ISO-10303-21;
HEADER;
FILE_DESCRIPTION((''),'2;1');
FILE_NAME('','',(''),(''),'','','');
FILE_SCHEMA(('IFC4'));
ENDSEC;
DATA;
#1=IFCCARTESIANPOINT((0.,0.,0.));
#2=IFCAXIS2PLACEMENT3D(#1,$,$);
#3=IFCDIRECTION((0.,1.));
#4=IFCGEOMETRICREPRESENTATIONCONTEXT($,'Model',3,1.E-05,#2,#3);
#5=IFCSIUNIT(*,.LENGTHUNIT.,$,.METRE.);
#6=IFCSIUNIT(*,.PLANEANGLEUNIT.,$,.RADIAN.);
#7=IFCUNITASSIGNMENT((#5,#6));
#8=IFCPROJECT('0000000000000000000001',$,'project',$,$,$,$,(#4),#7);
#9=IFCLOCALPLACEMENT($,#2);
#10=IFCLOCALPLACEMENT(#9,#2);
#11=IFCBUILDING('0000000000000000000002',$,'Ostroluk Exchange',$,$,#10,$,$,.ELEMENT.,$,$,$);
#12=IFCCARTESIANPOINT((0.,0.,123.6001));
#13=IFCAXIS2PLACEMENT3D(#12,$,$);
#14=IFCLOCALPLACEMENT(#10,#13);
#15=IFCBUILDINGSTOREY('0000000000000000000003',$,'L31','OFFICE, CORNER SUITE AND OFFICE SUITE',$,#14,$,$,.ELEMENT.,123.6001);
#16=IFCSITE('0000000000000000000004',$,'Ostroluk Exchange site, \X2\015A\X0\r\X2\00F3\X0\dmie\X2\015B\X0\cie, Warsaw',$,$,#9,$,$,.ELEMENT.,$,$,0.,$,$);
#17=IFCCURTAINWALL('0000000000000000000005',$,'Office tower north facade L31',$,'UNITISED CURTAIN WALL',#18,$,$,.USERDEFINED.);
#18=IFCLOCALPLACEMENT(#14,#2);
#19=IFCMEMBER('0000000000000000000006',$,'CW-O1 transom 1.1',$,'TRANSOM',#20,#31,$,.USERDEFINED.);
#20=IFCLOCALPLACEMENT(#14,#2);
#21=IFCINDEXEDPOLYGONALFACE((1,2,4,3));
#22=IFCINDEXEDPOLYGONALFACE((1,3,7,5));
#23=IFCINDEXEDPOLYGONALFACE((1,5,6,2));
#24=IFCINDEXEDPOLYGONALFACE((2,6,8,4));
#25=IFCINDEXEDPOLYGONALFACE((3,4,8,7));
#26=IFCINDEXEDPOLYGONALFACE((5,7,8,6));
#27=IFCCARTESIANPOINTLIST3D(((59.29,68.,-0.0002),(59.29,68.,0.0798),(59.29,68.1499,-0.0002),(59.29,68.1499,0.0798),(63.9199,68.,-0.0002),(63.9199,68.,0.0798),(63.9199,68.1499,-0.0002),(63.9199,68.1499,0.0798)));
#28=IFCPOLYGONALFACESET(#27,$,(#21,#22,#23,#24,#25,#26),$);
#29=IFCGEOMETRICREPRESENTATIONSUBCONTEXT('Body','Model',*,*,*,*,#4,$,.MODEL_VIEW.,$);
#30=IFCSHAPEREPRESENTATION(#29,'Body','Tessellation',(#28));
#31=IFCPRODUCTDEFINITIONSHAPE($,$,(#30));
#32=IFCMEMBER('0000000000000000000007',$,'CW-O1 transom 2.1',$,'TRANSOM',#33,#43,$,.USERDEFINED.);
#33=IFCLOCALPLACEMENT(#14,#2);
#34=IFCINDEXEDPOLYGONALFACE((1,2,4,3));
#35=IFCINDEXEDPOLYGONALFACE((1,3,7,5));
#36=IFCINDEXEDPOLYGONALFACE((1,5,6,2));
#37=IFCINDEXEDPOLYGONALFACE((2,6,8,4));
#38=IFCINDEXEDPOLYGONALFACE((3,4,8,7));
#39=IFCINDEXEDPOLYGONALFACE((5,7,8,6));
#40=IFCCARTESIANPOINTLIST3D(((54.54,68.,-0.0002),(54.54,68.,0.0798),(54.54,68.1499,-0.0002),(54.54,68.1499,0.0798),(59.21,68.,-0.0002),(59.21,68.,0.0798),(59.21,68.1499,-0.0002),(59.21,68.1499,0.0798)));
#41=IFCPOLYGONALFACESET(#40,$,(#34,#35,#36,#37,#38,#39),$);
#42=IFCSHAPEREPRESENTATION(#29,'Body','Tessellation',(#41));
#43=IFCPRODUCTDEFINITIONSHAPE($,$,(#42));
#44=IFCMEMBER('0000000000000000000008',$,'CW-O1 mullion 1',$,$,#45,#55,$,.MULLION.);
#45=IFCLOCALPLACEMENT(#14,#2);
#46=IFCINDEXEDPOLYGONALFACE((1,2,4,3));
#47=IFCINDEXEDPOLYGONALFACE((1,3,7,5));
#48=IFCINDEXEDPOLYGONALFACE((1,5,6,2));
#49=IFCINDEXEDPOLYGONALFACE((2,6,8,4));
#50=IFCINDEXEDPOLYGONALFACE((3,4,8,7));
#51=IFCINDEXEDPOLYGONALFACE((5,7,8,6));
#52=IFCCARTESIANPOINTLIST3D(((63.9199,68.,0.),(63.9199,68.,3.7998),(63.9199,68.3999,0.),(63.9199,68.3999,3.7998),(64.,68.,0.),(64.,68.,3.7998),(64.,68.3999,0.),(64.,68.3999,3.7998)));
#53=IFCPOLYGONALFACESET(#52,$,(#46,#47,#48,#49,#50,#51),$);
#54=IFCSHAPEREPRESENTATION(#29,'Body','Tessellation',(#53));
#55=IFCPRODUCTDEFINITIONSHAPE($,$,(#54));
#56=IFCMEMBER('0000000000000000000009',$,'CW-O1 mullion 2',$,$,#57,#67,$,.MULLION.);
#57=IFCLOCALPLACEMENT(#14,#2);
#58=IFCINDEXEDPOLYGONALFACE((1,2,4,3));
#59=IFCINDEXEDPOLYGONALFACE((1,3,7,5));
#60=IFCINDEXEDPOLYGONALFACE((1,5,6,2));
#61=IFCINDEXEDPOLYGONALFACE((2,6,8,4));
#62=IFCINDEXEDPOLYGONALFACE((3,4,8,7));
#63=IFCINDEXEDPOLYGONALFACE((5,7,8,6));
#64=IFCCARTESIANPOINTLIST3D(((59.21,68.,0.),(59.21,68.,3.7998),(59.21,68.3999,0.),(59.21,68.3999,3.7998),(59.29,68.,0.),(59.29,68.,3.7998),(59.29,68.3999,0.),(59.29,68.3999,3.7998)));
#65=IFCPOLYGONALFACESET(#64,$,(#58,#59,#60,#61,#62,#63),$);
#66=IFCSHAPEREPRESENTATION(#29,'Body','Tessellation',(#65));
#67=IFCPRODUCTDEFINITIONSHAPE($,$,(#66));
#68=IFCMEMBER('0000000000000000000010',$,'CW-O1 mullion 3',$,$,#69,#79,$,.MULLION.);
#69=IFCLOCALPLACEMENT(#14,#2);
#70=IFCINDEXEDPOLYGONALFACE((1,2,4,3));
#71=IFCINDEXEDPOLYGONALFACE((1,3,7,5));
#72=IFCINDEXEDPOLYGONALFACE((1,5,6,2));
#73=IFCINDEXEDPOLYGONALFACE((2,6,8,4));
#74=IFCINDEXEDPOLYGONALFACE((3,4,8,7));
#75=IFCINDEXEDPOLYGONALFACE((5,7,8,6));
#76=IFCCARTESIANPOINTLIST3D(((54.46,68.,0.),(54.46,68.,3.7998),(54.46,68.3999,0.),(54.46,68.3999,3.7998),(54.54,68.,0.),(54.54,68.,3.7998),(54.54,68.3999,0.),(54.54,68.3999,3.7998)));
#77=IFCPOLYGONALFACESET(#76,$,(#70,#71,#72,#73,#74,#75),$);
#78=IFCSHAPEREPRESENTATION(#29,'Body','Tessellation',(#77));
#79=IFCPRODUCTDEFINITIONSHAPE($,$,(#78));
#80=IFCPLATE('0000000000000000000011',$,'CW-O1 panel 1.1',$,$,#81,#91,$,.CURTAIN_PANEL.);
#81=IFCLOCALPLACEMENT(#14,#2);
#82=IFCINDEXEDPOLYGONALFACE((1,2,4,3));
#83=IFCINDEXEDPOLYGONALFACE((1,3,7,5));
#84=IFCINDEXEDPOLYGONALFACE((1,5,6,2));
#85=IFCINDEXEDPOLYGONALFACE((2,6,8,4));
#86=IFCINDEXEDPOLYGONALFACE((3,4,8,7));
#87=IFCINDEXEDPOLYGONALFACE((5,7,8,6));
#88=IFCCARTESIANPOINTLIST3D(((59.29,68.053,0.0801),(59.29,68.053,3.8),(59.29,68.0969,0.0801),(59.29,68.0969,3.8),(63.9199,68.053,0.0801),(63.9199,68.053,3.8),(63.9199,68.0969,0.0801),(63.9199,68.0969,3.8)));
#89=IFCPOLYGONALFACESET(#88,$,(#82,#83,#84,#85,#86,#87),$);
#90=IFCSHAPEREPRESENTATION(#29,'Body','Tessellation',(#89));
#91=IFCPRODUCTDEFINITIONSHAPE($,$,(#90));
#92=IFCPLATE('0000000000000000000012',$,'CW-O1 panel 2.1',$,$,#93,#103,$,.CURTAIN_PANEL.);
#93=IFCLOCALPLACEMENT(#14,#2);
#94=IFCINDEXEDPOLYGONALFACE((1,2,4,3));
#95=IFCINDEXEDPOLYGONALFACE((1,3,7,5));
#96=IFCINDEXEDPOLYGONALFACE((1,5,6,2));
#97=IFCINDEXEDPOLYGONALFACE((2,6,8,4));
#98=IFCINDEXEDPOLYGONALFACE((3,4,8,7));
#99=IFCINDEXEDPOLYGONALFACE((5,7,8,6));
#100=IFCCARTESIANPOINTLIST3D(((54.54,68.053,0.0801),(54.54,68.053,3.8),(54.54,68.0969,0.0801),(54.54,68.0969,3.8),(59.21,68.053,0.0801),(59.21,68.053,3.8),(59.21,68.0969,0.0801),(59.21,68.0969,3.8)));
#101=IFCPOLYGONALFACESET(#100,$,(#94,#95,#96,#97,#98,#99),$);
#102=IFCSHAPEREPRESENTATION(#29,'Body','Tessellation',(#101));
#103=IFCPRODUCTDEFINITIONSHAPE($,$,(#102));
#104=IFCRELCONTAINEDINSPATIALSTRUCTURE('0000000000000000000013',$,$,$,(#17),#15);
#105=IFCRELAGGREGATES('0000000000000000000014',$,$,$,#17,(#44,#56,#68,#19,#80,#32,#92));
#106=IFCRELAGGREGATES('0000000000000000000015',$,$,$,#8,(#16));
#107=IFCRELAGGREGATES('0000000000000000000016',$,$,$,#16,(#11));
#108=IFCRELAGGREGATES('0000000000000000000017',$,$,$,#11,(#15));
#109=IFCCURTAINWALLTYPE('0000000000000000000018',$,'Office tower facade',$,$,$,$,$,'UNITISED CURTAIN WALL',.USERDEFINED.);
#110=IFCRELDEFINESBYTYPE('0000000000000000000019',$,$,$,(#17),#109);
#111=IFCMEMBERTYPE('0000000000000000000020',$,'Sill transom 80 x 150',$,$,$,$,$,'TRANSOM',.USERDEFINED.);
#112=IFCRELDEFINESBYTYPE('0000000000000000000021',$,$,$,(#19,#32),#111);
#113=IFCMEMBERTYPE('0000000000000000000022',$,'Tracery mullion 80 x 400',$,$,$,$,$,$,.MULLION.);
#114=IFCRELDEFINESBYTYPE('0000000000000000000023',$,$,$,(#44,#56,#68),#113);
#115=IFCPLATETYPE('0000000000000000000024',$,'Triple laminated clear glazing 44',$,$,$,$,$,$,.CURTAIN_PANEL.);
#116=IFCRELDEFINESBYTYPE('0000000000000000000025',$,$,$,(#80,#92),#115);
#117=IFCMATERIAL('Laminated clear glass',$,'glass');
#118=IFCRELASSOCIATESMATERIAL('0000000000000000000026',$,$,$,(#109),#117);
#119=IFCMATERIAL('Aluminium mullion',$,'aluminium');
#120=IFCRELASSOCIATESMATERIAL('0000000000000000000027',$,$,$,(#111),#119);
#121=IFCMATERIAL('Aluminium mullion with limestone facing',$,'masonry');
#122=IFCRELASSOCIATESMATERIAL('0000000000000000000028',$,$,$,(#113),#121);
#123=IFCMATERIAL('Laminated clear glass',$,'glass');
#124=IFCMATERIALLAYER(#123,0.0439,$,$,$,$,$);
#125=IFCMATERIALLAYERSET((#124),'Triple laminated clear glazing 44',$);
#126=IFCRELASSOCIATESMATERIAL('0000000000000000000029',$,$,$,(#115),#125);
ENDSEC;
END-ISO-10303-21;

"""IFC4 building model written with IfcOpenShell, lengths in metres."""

from ifc_helpers import new_model, si_unit, direction, frame, origin, origin_2d, place, context, subcontext, project, spatial, rectangle, extrude, material, layer, layer_set, material_profile, profile_set, type_object, element, aggregate, save


model = new_model("IFC4")

# Units and contexts
model_context = context("Model", 3, precision=1e-05, world=origin(), true_north=direction((0.0, 1.0)))
body_context = subcontext(model_context, "Body", "Model", "MODEL_VIEW")
ifc_project = project(units=[si_unit("LENGTHUNIT", "METRE"), si_unit("PLANEANGLEUNIT", "RADIAN")], contexts=[model_context])

# Site, building, storey
site_placement = place(None, origin())
site = spatial("IfcSite", under=ifc_project, at=site_placement, Name="Ostroluk Exchange site, Śródmieście, Warsaw", CompositionType="ELEMENT", RefElevation=0.0)
building_placement = place(site_placement, origin())
building = spatial("IfcBuilding", under=site, at=building_placement, Name="Ostroluk Exchange", CompositionType="ELEMENT")
storey_placement = place(building_placement, frame((0.0, 0.0, 123.6001)))
storey = spatial("IfcBuildingStorey", under=building, at=storey_placement, Name="L31", Description="OFFICE, CORNER SUITE AND OFFICE SUITE", CompositionType="ELEMENT", Elevation=123.6001)

# Curtain wall, members, plates
ifc_material_1 = material(Name="Laminated clear glass", Category="glass")
curtain_wall_type = type_object("IfcCurtainWallType", Name="Office tower facade", ElementType="UNITISED CURTAIN WALL", PredefinedType="USERDEFINED", material=ifc_material_1)
curtain_wall_placement = place(storey_placement, origin())
curtain_wall = element("IfcCurtainWall", 1, at=curtain_wall_placement, inside=storey, type_object=curtain_wall_type, Name="Office tower north facade L31", ObjectType="UNITISED CURTAIN WALL", PredefinedType="USERDEFINED")
ifc_material_2 = material(Name="Aluminium mullion", Category="aluminium")
ifc_material_profile_1 = material_profile(ifc_material_2, rectangle(XDim=0.1499, YDim=0.0801, at=origin_2d()), Name="Sill transom 80 x 150")
ifc_profile_set_1 = profile_set([ifc_material_profile_1], Name="Aluminium mullion")
member_type_1 = type_object("IfcMemberType", Name="Sill transom 80 x 150", ElementType="TRANSOM", PredefinedType="USERDEFINED", material=ifc_profile_set_1)
member_1_placement = place(storey_placement, frame((63.9199, 68.075, 0.0398), z_axis=(-1.0, 0.0, 0.0), x_axis=(0.0, -1.0, 0.0)))
member_1 = element("IfcMember", 2, at=member_1_placement, type_object=member_type_1, Name="CW-O1 transom 1.1", ObjectType="TRANSOM", PredefinedType="USERDEFINED", context=body_context, shape_type="SweptSolid", body=[
    extrude(rectangle(XDim=0.1499, YDim=0.0801, at=origin_2d()), origin(), (0.0, 0.0, 1.0), 4.6299),
])
member_2_placement = place(storey_placement, frame((59.21, 68.075, 0.0398), z_axis=(-1.0, 0.0, 0.0), x_axis=(0.0, -1.0, 0.0)))
member_2 = element("IfcMember", 3, at=member_2_placement, type_object=member_type_1, Name="CW-O1 transom 2.1", ObjectType="TRANSOM", PredefinedType="USERDEFINED", context=body_context, shape_type="SweptSolid", body=[
    extrude(rectangle(XDim=0.1499, YDim=0.0801, at=origin_2d()), origin(), (0.0, 0.0, 1.0), 4.6699),
])
ifc_material_3 = material(Name="Aluminium mullion with limestone facing", Category="masonry")
ifc_material_profile_2 = material_profile(ifc_material_3, rectangle(XDim=0.3999, YDim=0.0801, at=origin_2d()), Name="Tracery mullion 80 x 400")
ifc_profile_set_2 = profile_set([ifc_material_profile_2], Name="Aluminium mullion with limestone facing")
member_type_2 = type_object("IfcMemberType", Name="Tracery mullion 80 x 400", PredefinedType="MULLION", material=ifc_profile_set_2)
member_3_placement = place(storey_placement, frame((63.96, 68.2, 0.0), z_axis=(0.0, 0.0, 1.0), x_axis=(0.0, -1.0, 0.0)))
member_3 = element("IfcMember", 4, at=member_3_placement, type_object=member_type_2, Name="CW-O1 mullion 1", PredefinedType="MULLION", context=body_context, shape_type="SweptSolid", body=[
    extrude(rectangle(XDim=0.3999, YDim=0.0801, at=origin_2d()), origin(), (0.0, 0.0, 1.0), 3.7998),
])
member_4_placement = place(storey_placement, frame((59.25, 68.2, 0.0), z_axis=(0.0, 0.0, 1.0), x_axis=(0.0, -1.0, 0.0)))
member_4 = element("IfcMember", 5, at=member_4_placement, type_object=member_type_2, Name="CW-O1 mullion 2", PredefinedType="MULLION", context=body_context, shape_type="SweptSolid", body=[
    extrude(rectangle(XDim=0.3999, YDim=0.0801, at=origin_2d()), origin(), (0.0, 0.0, 1.0), 3.7998),
])
member_5_placement = place(storey_placement, frame((54.5, 68.2, 0.0), z_axis=(0.0, 0.0, 1.0), x_axis=(0.0, -1.0, 0.0)))
member_5 = element("IfcMember", 6, at=member_5_placement, type_object=member_type_2, Name="CW-O1 mullion 3", PredefinedType="MULLION", context=body_context, shape_type="SweptSolid", body=[
    extrude(rectangle(XDim=0.3999, YDim=0.0801, at=origin_2d()), origin(), (0.0, 0.0, 1.0), 3.7998),
])
ifc_material_4 = material(Name="Laminated clear glass", Category="glass")
ifc_layer_1 = layer(ifc_material_4, 0.0439)
ifc_layer_set_1 = layer_set([ifc_layer_1], Name="Triple laminated clear glazing 44")
plate_type = type_object("IfcPlateType", Name="Triple laminated clear glazing 44", PredefinedType="CURTAIN_PANEL", material=ifc_layer_set_1)
plate_1_placement = place(storey_placement, frame((61.605, 68.075, 0.0801), z_axis=(0.0, 0.0, 1.0), x_axis=(-1.0, 0.0, 0.0)))
plate_1 = element("IfcPlate", 7, at=plate_1_placement, type_object=plate_type, Name="CW-O1 panel 1.1", PredefinedType="CURTAIN_PANEL", context=body_context, shape_type="SweptSolid", body=[
    extrude(rectangle(XDim=4.6299, YDim=0.0439, at=origin_2d()), origin(), (0.0, 0.0, 1.0), 3.72),
])
plate_2_placement = place(storey_placement, frame((56.875, 68.075, 0.0801), z_axis=(0.0, 0.0, 1.0), x_axis=(-1.0, 0.0, 0.0)))
plate_2 = element("IfcPlate", 8, at=plate_2_placement, type_object=plate_type, Name="CW-O1 panel 2.1", PredefinedType="CURTAIN_PANEL", context=body_context, shape_type="SweptSolid", body=[
    extrude(rectangle(XDim=4.6699, YDim=0.0439, at=origin_2d()), origin(), (0.0, 0.0, 1.0), 3.72),
])
aggregate(curtain_wall, [member_3, member_4, member_5, member_1, plate_1, member_2, plate_2])

save(model, "model.ifc")
